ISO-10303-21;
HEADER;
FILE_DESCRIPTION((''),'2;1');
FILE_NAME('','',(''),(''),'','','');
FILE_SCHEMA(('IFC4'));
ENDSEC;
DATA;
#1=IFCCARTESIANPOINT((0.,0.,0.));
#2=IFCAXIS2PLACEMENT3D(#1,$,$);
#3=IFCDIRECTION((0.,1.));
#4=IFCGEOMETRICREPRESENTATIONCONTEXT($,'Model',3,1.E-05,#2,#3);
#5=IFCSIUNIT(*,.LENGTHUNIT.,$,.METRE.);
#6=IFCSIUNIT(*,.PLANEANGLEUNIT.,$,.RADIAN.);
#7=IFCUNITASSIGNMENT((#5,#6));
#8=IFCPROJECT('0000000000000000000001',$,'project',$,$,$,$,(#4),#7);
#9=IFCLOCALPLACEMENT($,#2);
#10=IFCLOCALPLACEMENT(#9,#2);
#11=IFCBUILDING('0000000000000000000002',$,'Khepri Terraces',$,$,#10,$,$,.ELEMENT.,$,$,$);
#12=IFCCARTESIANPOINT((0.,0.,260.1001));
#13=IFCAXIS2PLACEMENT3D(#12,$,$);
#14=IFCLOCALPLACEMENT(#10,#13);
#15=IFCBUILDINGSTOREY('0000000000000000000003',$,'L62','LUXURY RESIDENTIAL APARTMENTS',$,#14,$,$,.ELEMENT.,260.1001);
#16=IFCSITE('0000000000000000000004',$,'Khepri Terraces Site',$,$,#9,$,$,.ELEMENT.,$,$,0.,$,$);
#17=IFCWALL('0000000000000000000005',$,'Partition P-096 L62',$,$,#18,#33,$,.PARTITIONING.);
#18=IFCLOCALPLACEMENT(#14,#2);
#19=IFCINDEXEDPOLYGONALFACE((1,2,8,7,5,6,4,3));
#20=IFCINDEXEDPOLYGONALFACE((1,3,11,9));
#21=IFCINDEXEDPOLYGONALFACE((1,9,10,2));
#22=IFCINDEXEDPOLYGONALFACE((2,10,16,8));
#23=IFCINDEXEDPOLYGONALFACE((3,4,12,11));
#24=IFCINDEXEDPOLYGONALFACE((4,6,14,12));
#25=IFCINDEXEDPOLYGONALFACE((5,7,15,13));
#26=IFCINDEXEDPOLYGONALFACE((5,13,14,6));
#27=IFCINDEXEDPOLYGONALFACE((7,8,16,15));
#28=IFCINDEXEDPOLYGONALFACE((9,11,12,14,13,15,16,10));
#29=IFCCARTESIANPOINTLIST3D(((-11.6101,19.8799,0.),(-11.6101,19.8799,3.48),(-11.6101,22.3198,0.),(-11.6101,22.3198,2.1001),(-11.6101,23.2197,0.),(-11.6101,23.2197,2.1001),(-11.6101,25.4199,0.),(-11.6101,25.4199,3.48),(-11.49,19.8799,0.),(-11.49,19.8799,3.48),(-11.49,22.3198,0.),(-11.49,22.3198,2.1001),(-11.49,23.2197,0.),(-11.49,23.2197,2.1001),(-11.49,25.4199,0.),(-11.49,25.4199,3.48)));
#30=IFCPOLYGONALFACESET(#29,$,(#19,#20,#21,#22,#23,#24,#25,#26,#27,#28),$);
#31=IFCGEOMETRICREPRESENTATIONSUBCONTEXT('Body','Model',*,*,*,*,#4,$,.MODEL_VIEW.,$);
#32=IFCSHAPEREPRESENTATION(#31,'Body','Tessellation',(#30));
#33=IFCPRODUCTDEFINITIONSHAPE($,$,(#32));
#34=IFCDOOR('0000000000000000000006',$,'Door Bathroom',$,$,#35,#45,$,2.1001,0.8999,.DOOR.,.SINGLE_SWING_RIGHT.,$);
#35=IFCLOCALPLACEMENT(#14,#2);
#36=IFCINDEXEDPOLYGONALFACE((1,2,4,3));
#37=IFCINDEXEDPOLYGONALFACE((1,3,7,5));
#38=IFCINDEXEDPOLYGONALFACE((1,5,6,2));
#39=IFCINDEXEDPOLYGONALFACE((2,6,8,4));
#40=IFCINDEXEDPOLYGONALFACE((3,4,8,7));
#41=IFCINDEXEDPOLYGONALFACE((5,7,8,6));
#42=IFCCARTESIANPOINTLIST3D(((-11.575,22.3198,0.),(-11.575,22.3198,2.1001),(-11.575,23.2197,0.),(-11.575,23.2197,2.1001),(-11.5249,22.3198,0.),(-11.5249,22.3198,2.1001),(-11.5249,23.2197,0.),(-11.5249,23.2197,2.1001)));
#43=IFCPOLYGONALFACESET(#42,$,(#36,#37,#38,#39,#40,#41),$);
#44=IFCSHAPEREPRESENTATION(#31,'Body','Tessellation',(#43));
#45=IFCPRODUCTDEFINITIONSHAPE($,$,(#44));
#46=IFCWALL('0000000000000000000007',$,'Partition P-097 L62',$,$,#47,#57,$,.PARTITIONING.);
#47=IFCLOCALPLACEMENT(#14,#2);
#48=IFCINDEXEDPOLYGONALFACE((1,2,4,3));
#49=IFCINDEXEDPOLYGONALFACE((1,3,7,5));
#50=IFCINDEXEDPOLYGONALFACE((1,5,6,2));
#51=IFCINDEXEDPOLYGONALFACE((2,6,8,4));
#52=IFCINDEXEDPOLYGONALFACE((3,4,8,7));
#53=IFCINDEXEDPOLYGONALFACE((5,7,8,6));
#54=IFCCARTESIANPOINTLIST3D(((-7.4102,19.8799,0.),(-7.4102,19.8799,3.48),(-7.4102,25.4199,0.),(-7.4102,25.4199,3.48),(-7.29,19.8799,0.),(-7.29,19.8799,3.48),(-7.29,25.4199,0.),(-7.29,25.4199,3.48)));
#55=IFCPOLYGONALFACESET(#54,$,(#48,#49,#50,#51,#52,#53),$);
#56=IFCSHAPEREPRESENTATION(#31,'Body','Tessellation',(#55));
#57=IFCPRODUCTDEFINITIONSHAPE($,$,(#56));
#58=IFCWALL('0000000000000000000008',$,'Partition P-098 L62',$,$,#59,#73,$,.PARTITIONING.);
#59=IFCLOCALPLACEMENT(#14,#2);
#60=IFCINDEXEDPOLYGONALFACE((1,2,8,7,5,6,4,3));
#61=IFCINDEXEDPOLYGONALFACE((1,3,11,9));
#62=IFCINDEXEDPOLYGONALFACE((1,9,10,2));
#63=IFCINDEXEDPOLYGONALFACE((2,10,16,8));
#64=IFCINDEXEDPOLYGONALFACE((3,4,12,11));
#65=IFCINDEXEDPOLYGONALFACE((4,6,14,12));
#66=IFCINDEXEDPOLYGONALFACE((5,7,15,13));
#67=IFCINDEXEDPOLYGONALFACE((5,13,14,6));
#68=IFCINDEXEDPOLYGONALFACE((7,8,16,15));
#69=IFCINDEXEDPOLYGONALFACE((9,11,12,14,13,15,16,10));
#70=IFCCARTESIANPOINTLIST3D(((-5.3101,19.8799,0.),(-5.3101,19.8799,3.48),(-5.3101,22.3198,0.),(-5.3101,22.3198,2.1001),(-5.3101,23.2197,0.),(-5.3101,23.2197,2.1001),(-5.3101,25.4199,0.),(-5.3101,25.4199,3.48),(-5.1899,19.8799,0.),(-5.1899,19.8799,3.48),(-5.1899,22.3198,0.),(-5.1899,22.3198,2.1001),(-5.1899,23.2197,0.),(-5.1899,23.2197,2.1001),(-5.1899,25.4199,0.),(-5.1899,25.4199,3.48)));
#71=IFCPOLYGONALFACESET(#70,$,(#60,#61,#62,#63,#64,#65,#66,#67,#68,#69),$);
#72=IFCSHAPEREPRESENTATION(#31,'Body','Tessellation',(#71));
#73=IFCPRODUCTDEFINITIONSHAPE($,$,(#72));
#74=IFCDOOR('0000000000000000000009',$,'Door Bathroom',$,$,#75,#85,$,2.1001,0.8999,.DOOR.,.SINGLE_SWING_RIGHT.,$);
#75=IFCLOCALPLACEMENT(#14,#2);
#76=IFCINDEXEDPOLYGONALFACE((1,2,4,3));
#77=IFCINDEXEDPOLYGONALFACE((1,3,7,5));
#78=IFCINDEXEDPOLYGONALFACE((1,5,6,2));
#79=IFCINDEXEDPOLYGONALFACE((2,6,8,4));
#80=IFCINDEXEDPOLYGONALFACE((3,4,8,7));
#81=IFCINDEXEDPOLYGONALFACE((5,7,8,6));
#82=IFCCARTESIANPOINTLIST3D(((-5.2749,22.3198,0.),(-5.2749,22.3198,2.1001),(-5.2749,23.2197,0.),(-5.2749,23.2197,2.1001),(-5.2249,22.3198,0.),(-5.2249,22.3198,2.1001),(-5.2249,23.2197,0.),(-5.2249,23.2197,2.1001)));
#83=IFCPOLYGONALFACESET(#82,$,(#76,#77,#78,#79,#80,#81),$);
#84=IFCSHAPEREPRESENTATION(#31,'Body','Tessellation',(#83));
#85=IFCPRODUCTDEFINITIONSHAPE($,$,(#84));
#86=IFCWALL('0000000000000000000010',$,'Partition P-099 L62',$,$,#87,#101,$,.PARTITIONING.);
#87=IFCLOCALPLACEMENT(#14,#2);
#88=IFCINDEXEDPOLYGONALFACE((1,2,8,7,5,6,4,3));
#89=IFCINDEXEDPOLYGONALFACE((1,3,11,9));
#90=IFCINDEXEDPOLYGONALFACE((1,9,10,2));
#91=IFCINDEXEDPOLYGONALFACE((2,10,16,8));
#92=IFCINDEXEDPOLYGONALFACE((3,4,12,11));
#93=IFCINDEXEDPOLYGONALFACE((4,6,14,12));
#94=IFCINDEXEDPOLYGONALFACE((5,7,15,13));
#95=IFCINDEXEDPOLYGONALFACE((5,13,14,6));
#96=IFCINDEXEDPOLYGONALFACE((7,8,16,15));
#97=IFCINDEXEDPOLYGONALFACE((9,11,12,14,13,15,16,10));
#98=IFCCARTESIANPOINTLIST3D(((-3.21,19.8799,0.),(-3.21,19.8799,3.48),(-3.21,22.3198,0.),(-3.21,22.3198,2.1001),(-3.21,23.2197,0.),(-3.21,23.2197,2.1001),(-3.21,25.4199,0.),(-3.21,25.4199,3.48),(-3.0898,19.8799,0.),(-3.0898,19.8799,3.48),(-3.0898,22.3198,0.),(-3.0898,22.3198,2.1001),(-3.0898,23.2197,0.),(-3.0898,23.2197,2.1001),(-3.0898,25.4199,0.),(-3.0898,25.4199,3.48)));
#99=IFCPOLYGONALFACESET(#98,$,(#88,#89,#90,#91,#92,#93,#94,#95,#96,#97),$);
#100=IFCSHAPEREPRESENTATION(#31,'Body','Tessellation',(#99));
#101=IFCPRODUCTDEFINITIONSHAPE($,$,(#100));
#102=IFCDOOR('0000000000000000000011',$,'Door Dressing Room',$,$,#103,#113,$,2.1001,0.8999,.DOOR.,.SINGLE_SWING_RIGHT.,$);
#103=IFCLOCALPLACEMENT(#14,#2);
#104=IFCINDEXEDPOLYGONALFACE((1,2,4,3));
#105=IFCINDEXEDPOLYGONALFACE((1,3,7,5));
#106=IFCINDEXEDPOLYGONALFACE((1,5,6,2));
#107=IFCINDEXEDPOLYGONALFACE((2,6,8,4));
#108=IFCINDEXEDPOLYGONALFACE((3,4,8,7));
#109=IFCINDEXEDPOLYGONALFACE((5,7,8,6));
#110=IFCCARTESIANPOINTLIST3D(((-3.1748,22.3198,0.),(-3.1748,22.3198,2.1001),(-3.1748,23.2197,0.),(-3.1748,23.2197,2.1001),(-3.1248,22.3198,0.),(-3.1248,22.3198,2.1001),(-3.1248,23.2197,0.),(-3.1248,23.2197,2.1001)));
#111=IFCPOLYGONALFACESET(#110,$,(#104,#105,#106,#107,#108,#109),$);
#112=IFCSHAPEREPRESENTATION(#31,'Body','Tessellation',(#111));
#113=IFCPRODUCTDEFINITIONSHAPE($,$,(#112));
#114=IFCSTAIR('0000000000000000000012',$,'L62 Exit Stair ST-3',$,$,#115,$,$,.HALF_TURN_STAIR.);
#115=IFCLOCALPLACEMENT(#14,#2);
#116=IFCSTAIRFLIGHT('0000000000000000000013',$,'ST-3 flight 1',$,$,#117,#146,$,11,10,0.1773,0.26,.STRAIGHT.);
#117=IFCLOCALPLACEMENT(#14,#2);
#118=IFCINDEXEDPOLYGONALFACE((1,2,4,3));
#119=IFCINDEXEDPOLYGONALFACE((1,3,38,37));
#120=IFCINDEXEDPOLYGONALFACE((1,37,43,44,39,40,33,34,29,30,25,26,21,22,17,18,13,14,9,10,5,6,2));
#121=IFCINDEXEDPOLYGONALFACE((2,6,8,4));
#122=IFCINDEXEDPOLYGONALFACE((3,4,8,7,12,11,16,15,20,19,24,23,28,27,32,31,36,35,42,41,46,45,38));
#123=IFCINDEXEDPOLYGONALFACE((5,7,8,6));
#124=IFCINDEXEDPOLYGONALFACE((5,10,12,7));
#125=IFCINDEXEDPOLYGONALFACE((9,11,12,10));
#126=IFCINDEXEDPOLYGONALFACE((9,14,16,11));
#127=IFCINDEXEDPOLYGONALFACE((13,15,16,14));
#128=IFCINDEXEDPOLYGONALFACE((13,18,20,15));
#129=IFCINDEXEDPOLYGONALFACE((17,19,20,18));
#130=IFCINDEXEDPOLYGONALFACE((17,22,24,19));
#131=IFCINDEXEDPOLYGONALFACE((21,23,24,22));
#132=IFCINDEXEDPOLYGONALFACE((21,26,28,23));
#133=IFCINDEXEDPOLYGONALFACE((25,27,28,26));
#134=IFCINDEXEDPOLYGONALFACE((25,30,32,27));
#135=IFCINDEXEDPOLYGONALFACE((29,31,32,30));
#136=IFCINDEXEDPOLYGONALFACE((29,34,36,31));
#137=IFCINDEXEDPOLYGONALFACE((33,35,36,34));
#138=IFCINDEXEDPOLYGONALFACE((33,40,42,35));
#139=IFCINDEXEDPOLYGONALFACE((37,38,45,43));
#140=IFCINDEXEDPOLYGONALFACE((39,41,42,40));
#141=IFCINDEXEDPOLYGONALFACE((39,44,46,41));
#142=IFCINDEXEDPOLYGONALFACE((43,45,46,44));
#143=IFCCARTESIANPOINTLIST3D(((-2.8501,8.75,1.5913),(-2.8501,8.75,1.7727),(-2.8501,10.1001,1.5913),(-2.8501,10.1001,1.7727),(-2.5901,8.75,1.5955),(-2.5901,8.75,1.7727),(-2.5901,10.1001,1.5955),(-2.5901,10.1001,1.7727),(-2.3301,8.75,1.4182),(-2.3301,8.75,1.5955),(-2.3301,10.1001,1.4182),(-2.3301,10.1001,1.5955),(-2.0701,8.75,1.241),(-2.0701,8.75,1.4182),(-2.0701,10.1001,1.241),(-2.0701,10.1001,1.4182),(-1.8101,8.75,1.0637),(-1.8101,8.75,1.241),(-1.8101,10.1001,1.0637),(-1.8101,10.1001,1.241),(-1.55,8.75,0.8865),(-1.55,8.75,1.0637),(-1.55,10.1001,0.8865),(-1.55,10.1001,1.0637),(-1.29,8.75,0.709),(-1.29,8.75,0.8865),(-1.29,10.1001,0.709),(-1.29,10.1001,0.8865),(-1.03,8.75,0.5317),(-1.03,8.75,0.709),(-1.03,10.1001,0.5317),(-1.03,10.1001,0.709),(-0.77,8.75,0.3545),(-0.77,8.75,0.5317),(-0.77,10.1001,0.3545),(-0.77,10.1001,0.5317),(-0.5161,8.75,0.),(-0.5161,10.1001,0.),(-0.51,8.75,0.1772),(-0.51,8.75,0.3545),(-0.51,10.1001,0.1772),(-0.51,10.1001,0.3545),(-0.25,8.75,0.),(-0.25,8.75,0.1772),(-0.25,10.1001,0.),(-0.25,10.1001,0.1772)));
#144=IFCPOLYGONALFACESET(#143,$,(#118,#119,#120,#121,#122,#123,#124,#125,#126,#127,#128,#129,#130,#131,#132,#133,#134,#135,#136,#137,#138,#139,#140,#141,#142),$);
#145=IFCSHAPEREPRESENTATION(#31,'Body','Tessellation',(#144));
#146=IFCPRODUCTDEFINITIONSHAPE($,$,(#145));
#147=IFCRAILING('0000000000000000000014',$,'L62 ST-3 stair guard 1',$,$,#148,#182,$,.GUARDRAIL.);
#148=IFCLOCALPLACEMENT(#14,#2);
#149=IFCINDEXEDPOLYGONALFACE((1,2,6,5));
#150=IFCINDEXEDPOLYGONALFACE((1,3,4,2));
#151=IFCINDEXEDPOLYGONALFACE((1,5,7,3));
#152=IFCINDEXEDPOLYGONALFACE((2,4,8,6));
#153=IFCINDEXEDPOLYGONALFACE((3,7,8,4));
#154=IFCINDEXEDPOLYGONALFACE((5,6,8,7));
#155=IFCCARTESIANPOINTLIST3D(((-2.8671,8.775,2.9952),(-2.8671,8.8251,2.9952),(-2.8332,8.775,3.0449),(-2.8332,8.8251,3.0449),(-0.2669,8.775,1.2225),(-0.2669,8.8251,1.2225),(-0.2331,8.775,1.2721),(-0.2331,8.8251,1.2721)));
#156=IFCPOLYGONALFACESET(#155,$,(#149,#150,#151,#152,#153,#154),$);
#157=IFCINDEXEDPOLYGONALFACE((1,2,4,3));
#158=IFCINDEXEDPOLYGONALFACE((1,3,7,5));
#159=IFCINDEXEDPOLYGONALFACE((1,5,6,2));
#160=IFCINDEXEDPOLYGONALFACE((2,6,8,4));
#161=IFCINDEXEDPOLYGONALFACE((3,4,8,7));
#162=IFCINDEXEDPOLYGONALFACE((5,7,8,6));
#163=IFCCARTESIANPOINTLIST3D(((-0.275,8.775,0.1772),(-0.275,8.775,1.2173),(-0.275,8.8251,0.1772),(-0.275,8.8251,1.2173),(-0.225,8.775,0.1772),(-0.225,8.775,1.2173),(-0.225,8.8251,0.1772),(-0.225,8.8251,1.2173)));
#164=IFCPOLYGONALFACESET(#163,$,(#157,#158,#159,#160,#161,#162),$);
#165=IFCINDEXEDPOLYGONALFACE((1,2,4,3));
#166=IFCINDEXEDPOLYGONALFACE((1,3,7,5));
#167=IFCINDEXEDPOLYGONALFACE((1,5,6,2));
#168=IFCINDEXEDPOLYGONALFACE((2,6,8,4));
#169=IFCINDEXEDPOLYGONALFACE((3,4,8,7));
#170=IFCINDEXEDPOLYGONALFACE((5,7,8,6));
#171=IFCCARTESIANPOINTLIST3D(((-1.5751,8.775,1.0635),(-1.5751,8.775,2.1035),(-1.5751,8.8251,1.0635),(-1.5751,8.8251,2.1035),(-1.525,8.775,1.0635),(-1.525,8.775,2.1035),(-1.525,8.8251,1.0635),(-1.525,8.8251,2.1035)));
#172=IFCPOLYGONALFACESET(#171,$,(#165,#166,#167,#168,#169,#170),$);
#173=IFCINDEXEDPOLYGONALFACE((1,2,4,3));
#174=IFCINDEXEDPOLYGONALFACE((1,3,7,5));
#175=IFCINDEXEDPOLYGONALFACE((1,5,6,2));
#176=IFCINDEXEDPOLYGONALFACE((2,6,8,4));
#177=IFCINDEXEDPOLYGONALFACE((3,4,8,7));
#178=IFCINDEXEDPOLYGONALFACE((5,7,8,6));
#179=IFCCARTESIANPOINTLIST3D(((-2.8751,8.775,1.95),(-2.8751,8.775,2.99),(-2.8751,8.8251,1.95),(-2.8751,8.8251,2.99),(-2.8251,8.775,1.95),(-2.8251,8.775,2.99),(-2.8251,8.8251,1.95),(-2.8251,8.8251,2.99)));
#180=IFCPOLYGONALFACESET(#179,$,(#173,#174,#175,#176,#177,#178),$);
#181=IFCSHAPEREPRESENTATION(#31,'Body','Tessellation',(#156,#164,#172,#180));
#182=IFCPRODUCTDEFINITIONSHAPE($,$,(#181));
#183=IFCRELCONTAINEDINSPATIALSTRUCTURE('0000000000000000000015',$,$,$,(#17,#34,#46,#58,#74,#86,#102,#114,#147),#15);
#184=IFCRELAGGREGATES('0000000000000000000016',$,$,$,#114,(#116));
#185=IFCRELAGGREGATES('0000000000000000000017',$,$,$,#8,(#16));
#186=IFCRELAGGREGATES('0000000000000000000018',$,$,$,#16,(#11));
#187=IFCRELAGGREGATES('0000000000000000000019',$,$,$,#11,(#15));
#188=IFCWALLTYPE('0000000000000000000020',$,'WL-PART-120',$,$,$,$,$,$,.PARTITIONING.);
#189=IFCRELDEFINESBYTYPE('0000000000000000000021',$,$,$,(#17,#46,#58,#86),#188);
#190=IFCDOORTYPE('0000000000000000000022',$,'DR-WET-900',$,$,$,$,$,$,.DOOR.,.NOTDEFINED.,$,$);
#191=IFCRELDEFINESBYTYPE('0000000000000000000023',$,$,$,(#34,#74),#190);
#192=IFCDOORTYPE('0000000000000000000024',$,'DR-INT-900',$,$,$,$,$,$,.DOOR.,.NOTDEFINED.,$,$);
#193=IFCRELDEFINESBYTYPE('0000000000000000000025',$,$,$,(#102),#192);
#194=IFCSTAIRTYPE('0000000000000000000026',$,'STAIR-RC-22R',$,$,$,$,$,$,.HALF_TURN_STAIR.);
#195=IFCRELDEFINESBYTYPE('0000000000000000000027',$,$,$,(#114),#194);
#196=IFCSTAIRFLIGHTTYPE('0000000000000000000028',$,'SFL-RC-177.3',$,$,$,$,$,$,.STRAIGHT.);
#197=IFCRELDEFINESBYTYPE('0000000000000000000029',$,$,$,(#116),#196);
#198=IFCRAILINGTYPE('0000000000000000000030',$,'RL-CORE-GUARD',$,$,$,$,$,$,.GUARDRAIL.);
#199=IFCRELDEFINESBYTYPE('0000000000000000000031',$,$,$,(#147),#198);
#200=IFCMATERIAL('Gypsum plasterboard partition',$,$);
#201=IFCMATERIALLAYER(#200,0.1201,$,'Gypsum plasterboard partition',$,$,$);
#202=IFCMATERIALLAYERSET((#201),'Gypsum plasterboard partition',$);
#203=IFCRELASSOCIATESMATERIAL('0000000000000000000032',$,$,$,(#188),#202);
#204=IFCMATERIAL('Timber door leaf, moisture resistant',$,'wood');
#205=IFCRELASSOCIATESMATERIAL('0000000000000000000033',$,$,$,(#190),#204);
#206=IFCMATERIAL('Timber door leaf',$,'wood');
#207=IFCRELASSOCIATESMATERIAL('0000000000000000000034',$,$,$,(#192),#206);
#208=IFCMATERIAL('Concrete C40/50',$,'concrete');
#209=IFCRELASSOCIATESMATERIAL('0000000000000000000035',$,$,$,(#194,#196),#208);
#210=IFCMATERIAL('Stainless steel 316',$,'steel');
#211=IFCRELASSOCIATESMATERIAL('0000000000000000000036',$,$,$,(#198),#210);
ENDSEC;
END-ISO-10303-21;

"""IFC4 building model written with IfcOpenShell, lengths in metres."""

from ifc_helpers import new_model, si_unit, direction, frame, frame_2d, origin, origin_2d, place, context, subcontext, project, spatial, polyline, rectangle, outline, extrude, material, layer, layer_set, type_object, element, fill, aggregate, save


model = new_model("IFC4")

# Units and contexts
model_context = context("Model", 3, precision=1e-05, world=origin(), true_north=direction((0.0, 1.0)))
body_context = subcontext(model_context, "Body", "Model", "MODEL_VIEW")
ifc_project = project(units=[si_unit("LENGTHUNIT", "METRE"), si_unit("PLANEANGLEUNIT", "RADIAN")], contexts=[model_context])

# Site, building, storey
site_placement = place(None, origin())
site = spatial("IfcSite", under=ifc_project, at=site_placement, Name="Khepri Terraces Site", CompositionType="ELEMENT", RefElevation=0.0)
building_placement = place(site_placement, origin())
building = spatial("IfcBuilding", under=site, at=building_placement, Name="Khepri Terraces", CompositionType="ELEMENT")
storey_placement = place(building_placement, frame((0.0, 0.0, 260.1001)))
storey = spatial("IfcBuildingStorey", under=building, at=storey_placement, Name="L62", Description="LUXURY RESIDENTIAL APARTMENTS", CompositionType="ELEMENT", Elevation=260.1001)

# Shared definitions
ifc_material_1 = material(Name="Concrete C40/50", Category="concrete")

# Shared definitions
ifc_material_2 = material(Name="Gypsum plasterboard partition")
ifc_layer_1 = layer(ifc_material_2, 0.1201, Name="Gypsum plasterboard partition")
ifc_layer_set_1 = layer_set([ifc_layer_1], Name="Gypsum plasterboard partition")
wall_type_1 = type_object("IfcWallType", Name="WL-PART-120", PredefinedType="PARTITIONING", material=ifc_layer_set_1)

# Wall, opening, door
wall_1_placement = place(storey_placement, frame((-11.55, 19.8799, 0.0), z_axis=(0.0, 0.0, 1.0), x_axis=(0.0, 1.0, 0.0)))
wall_1 = element("IfcWall", 1, at=wall_1_placement, inside=storey, type_object=wall_type_1, Name="Partition P-096 L62", PredefinedType="PARTITIONING", context=body_context, shape_type="SweptSolid", body=[
    extrude(rectangle(XDim=5.54, YDim=0.1201, at=frame_2d((2.77, 0.0))), origin(), (0.0, 0.0, 1.0), 3.48),
])
opening_1_placement = place(wall_1_placement, frame((2.4399, 0.0, 0.0)))
opening_1 = element("IfcOpeningElement", 2, at=opening_1_placement, cuts=wall_1, PredefinedType="OPENING", context=body_context, shape_type="SweptSolid", body=[
    extrude(rectangle(XDim=0.8999, YDim=2.1001, at=frame_2d((0.45, 1.05))), frame((0.0, 0.0701, 0.0), z_axis=(0.0, -1.0, 0.0), x_axis=(1.0, 0.0, 0.0)), (0.0, 0.0, 1.0), 0.1401),
])
ifc_material_3 = material(Name="Timber door leaf, moisture resistant", Category="wood")
door_type_1 = type_object("IfcDoorType", Name="DR-WET-900", OperationType="NOTDEFINED", PredefinedType="DOOR", material=ifc_material_3)
door_1_placement = place(opening_1_placement, origin())
door_1 = element("IfcDoor", 3, at=door_1_placement, inside=storey, type_object=door_type_1, Name="Door Bathroom", OperationType="SINGLE_SWING_RIGHT", OverallHeight=2.1001, OverallWidth=0.8999, PredefinedType="DOOR", context=body_context, shape_type="SweptSolid", body=[
    extrude(rectangle(XDim=0.8999, YDim=2.1001, at=frame_2d((0.45, 1.05))), frame((0.0, 0.0249, 0.0), z_axis=(0.0, -1.0, 0.0), x_axis=(1.0, 0.0, 0.0)), (0.0, 0.0, 1.0), 0.05),
])
fill(opening_1, door_1)

# Wall
wall_2_placement = place(storey_placement, frame((-7.3501, 19.8799, 0.0), z_axis=(0.0, 0.0, 1.0), x_axis=(0.0, 1.0, 0.0)))
element("IfcWall", 4, at=wall_2_placement, inside=storey, type_object=wall_type_1, Name="Partition P-097 L62", PredefinedType="PARTITIONING", context=body_context, shape_type="SweptSolid", body=[
    extrude(rectangle(XDim=5.54, YDim=0.1201, at=frame_2d((2.77, 0.0))), origin(), (0.0, 0.0, 1.0), 3.48),
])

# Walls, openings, doors
wall_3_placement = place(storey_placement, frame((-5.25, 19.8799, 0.0), z_axis=(0.0, 0.0, 1.0), x_axis=(0.0, 1.0, 0.0)))
wall_3 = element("IfcWall", 5, at=wall_3_placement, inside=storey, type_object=wall_type_1, Name="Partition P-098 L62", PredefinedType="PARTITIONING", context=body_context, shape_type="SweptSolid", body=[
    extrude(rectangle(XDim=5.54, YDim=0.1201, at=frame_2d((2.77, 0.0))), origin(), (0.0, 0.0, 1.0), 3.48),
])
opening_2_placement = place(wall_3_placement, frame((2.4399, 0.0, 0.0)))
opening_2 = element("IfcOpeningElement", 6, at=opening_2_placement, cuts=wall_3, PredefinedType="OPENING", context=body_context, shape_type="SweptSolid", body=[
    extrude(rectangle(XDim=0.8999, YDim=2.1001, at=frame_2d((0.45, 1.05))), frame((0.0, 0.0701, 0.0), z_axis=(0.0, -1.0, 0.0), x_axis=(1.0, 0.0, 0.0)), (0.0, 0.0, 1.0), 0.1401),
])
door_2_placement = place(opening_2_placement, origin())
door_2 = element("IfcDoor", 7, at=door_2_placement, inside=storey, type_object=door_type_1, Name="Door Bathroom", OperationType="SINGLE_SWING_RIGHT", OverallHeight=2.1001, OverallWidth=0.8999, PredefinedType="DOOR", context=body_context, shape_type="SweptSolid", body=[
    extrude(rectangle(XDim=0.8999, YDim=2.1001, at=frame_2d((0.45, 1.05))), frame((0.0, 0.0249, 0.0), z_axis=(0.0, -1.0, 0.0), x_axis=(1.0, 0.0, 0.0)), (0.0, 0.0, 1.0), 0.05),
])
fill(opening_2, door_2)
wall_4_placement = place(storey_placement, frame((-3.1499, 19.8799, 0.0), z_axis=(0.0, 0.0, 1.0), x_axis=(0.0, 1.0, 0.0)))
wall_4 = element("IfcWall", 8, at=wall_4_placement, inside=storey, type_object=wall_type_1, Name="Partition P-099 L62", PredefinedType="PARTITIONING", context=body_context, shape_type="SweptSolid", body=[
    extrude(rectangle(XDim=5.54, YDim=0.1201, at=frame_2d((2.77, 0.0))), origin(), (0.0, 0.0, 1.0), 3.48),
])
opening_3_placement = place(wall_4_placement, frame((2.4399, 0.0, 0.0)))
opening_3 = element("IfcOpeningElement", 9, at=opening_3_placement, cuts=wall_4, PredefinedType="OPENING", context=body_context, shape_type="SweptSolid", body=[
    extrude(rectangle(XDim=0.8999, YDim=2.1001, at=frame_2d((0.45, 1.05))), frame((0.0, 0.0701, 0.0), z_axis=(0.0, -1.0, 0.0), x_axis=(1.0, 0.0, 0.0)), (0.0, 0.0, 1.0), 0.1401),
])
ifc_material_4 = material(Name="Timber door leaf", Category="wood")
door_type_2 = type_object("IfcDoorType", Name="DR-INT-900", OperationType="NOTDEFINED", PredefinedType="DOOR", material=ifc_material_4)
door_3_placement = place(opening_3_placement, origin())
door_3 = element("IfcDoor", 10, at=door_3_placement, inside=storey, type_object=door_type_2, Name="Door Dressing Room", OperationType="SINGLE_SWING_RIGHT", OverallHeight=2.1001, OverallWidth=0.8999, PredefinedType="DOOR", context=body_context, shape_type="SweptSolid", body=[
    extrude(rectangle(XDim=0.8999, YDim=2.1001, at=frame_2d((0.45, 1.05))), frame((0.0, 0.0249, 0.0), z_axis=(0.0, -1.0, 0.0), x_axis=(1.0, 0.0, 0.0)), (0.0, 0.0, 1.0), 0.05),
])
fill(opening_3, door_3)

# Stair, stair flight
stair_type = type_object("IfcStairType", Name="STAIR-RC-22R", PredefinedType="HALF_TURN_STAIR", material=ifc_material_1)
stair_placement = place(storey_placement, origin())
stair = element("IfcStair", 11, at=stair_placement, inside=storey, type_object=stair_type, Name="L62 Exit Stair ST-3", PredefinedType="HALF_TURN_STAIR")
stair_flight_type = type_object("IfcStairFlightType", Name="SFL-RC-177.3", PredefinedType="STRAIGHT", material=ifc_material_1)
stair_flight_placement = place(storey_placement, frame((-0.25, 9.425, 0.0), z_axis=(0.0, 0.0, 1.0), x_axis=(-1.0, 0.0, 0.0)))
stair_flight = element("IfcStairFlight", 12, at=stair_flight_placement, type_object=stair_flight_type, Name="ST-3 flight 1", NumberOfRisers=11, NumberOfTreads=10, PredefinedType="STRAIGHT", RiserHeight=0.1773, TreadLength=0.26, context=body_context, shape_type="SweptSolid", body=[
    extrude(outline(polyline([(0.0, 0.0), (0.0, 0.1772), (0.26, 0.1772), (0.26, 0.3545), (0.52, 0.3545), (0.52, 0.5317), (0.78, 0.5317), (0.78, 0.709), (1.04, 0.709), (1.04, 0.8865), (1.3, 0.8865), (1.3, 1.0637), (1.5601, 1.0637), (1.5601, 1.241), (1.8201, 1.241), (1.8201, 1.4182), (2.0801, 1.4182), (2.0801, 1.5955), (2.3401, 1.5955), (2.3401, 1.7727), (2.6001, 1.7727), (2.6001, 1.95), (2.6001, 1.5913), (0.2661, 0.0), (0.0, 0.0)])), frame((0.0, 0.675, 0.0), z_axis=(0.0, -1.0, 0.0), x_axis=(1.0, 0.0, 0.0)), (0.0, 0.0, 1.0), 1.3501),
])
aggregate(stair, [stair_flight])

# Railing
ifc_material_5 = material(Name="Stainless steel 316", Category="steel")
railing_type_1 = type_object("IfcRailingType", Name="RL-CORE-GUARD", PredefinedType="GUARDRAIL", material=ifc_material_5)
railing_1_placement = place(storey_placement, frame((-0.25, 8.8, 0.1772)))
element("IfcRailing", 13, at=railing_1_placement, inside=storey, type_object=railing_type_1, Name="L62 ST-3 stair guard 1", PredefinedType="GUARDRAIL", context=body_context, shape_type="SweptSolid", body=[
    extrude(rectangle(XDim=0.05, YDim=0.0601, at=origin_2d()), frame((0.0, 0.0, 1.0701), z_axis=(-0.82624, 0.0, 0.563318), x_axis=(0.0, -1.0, 0.0)), (0.0, 0.0, 1.0), 3.147),
    extrude(rectangle(XDim=0.05, YDim=0.05, at=origin_2d()), origin(), (0.0, 0.0, 1.0), 1.04),
    extrude(rectangle(XDim=0.05, YDim=0.05, at=origin_2d()), frame((-1.3, 0.0, 0.8862)), (0.0, 0.0, 1.0), 1.04),
    extrude(rectangle(XDim=0.05, YDim=0.05, at=origin_2d()), frame((-2.6001, 0.0, 1.7727)), (0.0, 0.0, 1.0), 1.04),
])

save(model, "model.ifc")
